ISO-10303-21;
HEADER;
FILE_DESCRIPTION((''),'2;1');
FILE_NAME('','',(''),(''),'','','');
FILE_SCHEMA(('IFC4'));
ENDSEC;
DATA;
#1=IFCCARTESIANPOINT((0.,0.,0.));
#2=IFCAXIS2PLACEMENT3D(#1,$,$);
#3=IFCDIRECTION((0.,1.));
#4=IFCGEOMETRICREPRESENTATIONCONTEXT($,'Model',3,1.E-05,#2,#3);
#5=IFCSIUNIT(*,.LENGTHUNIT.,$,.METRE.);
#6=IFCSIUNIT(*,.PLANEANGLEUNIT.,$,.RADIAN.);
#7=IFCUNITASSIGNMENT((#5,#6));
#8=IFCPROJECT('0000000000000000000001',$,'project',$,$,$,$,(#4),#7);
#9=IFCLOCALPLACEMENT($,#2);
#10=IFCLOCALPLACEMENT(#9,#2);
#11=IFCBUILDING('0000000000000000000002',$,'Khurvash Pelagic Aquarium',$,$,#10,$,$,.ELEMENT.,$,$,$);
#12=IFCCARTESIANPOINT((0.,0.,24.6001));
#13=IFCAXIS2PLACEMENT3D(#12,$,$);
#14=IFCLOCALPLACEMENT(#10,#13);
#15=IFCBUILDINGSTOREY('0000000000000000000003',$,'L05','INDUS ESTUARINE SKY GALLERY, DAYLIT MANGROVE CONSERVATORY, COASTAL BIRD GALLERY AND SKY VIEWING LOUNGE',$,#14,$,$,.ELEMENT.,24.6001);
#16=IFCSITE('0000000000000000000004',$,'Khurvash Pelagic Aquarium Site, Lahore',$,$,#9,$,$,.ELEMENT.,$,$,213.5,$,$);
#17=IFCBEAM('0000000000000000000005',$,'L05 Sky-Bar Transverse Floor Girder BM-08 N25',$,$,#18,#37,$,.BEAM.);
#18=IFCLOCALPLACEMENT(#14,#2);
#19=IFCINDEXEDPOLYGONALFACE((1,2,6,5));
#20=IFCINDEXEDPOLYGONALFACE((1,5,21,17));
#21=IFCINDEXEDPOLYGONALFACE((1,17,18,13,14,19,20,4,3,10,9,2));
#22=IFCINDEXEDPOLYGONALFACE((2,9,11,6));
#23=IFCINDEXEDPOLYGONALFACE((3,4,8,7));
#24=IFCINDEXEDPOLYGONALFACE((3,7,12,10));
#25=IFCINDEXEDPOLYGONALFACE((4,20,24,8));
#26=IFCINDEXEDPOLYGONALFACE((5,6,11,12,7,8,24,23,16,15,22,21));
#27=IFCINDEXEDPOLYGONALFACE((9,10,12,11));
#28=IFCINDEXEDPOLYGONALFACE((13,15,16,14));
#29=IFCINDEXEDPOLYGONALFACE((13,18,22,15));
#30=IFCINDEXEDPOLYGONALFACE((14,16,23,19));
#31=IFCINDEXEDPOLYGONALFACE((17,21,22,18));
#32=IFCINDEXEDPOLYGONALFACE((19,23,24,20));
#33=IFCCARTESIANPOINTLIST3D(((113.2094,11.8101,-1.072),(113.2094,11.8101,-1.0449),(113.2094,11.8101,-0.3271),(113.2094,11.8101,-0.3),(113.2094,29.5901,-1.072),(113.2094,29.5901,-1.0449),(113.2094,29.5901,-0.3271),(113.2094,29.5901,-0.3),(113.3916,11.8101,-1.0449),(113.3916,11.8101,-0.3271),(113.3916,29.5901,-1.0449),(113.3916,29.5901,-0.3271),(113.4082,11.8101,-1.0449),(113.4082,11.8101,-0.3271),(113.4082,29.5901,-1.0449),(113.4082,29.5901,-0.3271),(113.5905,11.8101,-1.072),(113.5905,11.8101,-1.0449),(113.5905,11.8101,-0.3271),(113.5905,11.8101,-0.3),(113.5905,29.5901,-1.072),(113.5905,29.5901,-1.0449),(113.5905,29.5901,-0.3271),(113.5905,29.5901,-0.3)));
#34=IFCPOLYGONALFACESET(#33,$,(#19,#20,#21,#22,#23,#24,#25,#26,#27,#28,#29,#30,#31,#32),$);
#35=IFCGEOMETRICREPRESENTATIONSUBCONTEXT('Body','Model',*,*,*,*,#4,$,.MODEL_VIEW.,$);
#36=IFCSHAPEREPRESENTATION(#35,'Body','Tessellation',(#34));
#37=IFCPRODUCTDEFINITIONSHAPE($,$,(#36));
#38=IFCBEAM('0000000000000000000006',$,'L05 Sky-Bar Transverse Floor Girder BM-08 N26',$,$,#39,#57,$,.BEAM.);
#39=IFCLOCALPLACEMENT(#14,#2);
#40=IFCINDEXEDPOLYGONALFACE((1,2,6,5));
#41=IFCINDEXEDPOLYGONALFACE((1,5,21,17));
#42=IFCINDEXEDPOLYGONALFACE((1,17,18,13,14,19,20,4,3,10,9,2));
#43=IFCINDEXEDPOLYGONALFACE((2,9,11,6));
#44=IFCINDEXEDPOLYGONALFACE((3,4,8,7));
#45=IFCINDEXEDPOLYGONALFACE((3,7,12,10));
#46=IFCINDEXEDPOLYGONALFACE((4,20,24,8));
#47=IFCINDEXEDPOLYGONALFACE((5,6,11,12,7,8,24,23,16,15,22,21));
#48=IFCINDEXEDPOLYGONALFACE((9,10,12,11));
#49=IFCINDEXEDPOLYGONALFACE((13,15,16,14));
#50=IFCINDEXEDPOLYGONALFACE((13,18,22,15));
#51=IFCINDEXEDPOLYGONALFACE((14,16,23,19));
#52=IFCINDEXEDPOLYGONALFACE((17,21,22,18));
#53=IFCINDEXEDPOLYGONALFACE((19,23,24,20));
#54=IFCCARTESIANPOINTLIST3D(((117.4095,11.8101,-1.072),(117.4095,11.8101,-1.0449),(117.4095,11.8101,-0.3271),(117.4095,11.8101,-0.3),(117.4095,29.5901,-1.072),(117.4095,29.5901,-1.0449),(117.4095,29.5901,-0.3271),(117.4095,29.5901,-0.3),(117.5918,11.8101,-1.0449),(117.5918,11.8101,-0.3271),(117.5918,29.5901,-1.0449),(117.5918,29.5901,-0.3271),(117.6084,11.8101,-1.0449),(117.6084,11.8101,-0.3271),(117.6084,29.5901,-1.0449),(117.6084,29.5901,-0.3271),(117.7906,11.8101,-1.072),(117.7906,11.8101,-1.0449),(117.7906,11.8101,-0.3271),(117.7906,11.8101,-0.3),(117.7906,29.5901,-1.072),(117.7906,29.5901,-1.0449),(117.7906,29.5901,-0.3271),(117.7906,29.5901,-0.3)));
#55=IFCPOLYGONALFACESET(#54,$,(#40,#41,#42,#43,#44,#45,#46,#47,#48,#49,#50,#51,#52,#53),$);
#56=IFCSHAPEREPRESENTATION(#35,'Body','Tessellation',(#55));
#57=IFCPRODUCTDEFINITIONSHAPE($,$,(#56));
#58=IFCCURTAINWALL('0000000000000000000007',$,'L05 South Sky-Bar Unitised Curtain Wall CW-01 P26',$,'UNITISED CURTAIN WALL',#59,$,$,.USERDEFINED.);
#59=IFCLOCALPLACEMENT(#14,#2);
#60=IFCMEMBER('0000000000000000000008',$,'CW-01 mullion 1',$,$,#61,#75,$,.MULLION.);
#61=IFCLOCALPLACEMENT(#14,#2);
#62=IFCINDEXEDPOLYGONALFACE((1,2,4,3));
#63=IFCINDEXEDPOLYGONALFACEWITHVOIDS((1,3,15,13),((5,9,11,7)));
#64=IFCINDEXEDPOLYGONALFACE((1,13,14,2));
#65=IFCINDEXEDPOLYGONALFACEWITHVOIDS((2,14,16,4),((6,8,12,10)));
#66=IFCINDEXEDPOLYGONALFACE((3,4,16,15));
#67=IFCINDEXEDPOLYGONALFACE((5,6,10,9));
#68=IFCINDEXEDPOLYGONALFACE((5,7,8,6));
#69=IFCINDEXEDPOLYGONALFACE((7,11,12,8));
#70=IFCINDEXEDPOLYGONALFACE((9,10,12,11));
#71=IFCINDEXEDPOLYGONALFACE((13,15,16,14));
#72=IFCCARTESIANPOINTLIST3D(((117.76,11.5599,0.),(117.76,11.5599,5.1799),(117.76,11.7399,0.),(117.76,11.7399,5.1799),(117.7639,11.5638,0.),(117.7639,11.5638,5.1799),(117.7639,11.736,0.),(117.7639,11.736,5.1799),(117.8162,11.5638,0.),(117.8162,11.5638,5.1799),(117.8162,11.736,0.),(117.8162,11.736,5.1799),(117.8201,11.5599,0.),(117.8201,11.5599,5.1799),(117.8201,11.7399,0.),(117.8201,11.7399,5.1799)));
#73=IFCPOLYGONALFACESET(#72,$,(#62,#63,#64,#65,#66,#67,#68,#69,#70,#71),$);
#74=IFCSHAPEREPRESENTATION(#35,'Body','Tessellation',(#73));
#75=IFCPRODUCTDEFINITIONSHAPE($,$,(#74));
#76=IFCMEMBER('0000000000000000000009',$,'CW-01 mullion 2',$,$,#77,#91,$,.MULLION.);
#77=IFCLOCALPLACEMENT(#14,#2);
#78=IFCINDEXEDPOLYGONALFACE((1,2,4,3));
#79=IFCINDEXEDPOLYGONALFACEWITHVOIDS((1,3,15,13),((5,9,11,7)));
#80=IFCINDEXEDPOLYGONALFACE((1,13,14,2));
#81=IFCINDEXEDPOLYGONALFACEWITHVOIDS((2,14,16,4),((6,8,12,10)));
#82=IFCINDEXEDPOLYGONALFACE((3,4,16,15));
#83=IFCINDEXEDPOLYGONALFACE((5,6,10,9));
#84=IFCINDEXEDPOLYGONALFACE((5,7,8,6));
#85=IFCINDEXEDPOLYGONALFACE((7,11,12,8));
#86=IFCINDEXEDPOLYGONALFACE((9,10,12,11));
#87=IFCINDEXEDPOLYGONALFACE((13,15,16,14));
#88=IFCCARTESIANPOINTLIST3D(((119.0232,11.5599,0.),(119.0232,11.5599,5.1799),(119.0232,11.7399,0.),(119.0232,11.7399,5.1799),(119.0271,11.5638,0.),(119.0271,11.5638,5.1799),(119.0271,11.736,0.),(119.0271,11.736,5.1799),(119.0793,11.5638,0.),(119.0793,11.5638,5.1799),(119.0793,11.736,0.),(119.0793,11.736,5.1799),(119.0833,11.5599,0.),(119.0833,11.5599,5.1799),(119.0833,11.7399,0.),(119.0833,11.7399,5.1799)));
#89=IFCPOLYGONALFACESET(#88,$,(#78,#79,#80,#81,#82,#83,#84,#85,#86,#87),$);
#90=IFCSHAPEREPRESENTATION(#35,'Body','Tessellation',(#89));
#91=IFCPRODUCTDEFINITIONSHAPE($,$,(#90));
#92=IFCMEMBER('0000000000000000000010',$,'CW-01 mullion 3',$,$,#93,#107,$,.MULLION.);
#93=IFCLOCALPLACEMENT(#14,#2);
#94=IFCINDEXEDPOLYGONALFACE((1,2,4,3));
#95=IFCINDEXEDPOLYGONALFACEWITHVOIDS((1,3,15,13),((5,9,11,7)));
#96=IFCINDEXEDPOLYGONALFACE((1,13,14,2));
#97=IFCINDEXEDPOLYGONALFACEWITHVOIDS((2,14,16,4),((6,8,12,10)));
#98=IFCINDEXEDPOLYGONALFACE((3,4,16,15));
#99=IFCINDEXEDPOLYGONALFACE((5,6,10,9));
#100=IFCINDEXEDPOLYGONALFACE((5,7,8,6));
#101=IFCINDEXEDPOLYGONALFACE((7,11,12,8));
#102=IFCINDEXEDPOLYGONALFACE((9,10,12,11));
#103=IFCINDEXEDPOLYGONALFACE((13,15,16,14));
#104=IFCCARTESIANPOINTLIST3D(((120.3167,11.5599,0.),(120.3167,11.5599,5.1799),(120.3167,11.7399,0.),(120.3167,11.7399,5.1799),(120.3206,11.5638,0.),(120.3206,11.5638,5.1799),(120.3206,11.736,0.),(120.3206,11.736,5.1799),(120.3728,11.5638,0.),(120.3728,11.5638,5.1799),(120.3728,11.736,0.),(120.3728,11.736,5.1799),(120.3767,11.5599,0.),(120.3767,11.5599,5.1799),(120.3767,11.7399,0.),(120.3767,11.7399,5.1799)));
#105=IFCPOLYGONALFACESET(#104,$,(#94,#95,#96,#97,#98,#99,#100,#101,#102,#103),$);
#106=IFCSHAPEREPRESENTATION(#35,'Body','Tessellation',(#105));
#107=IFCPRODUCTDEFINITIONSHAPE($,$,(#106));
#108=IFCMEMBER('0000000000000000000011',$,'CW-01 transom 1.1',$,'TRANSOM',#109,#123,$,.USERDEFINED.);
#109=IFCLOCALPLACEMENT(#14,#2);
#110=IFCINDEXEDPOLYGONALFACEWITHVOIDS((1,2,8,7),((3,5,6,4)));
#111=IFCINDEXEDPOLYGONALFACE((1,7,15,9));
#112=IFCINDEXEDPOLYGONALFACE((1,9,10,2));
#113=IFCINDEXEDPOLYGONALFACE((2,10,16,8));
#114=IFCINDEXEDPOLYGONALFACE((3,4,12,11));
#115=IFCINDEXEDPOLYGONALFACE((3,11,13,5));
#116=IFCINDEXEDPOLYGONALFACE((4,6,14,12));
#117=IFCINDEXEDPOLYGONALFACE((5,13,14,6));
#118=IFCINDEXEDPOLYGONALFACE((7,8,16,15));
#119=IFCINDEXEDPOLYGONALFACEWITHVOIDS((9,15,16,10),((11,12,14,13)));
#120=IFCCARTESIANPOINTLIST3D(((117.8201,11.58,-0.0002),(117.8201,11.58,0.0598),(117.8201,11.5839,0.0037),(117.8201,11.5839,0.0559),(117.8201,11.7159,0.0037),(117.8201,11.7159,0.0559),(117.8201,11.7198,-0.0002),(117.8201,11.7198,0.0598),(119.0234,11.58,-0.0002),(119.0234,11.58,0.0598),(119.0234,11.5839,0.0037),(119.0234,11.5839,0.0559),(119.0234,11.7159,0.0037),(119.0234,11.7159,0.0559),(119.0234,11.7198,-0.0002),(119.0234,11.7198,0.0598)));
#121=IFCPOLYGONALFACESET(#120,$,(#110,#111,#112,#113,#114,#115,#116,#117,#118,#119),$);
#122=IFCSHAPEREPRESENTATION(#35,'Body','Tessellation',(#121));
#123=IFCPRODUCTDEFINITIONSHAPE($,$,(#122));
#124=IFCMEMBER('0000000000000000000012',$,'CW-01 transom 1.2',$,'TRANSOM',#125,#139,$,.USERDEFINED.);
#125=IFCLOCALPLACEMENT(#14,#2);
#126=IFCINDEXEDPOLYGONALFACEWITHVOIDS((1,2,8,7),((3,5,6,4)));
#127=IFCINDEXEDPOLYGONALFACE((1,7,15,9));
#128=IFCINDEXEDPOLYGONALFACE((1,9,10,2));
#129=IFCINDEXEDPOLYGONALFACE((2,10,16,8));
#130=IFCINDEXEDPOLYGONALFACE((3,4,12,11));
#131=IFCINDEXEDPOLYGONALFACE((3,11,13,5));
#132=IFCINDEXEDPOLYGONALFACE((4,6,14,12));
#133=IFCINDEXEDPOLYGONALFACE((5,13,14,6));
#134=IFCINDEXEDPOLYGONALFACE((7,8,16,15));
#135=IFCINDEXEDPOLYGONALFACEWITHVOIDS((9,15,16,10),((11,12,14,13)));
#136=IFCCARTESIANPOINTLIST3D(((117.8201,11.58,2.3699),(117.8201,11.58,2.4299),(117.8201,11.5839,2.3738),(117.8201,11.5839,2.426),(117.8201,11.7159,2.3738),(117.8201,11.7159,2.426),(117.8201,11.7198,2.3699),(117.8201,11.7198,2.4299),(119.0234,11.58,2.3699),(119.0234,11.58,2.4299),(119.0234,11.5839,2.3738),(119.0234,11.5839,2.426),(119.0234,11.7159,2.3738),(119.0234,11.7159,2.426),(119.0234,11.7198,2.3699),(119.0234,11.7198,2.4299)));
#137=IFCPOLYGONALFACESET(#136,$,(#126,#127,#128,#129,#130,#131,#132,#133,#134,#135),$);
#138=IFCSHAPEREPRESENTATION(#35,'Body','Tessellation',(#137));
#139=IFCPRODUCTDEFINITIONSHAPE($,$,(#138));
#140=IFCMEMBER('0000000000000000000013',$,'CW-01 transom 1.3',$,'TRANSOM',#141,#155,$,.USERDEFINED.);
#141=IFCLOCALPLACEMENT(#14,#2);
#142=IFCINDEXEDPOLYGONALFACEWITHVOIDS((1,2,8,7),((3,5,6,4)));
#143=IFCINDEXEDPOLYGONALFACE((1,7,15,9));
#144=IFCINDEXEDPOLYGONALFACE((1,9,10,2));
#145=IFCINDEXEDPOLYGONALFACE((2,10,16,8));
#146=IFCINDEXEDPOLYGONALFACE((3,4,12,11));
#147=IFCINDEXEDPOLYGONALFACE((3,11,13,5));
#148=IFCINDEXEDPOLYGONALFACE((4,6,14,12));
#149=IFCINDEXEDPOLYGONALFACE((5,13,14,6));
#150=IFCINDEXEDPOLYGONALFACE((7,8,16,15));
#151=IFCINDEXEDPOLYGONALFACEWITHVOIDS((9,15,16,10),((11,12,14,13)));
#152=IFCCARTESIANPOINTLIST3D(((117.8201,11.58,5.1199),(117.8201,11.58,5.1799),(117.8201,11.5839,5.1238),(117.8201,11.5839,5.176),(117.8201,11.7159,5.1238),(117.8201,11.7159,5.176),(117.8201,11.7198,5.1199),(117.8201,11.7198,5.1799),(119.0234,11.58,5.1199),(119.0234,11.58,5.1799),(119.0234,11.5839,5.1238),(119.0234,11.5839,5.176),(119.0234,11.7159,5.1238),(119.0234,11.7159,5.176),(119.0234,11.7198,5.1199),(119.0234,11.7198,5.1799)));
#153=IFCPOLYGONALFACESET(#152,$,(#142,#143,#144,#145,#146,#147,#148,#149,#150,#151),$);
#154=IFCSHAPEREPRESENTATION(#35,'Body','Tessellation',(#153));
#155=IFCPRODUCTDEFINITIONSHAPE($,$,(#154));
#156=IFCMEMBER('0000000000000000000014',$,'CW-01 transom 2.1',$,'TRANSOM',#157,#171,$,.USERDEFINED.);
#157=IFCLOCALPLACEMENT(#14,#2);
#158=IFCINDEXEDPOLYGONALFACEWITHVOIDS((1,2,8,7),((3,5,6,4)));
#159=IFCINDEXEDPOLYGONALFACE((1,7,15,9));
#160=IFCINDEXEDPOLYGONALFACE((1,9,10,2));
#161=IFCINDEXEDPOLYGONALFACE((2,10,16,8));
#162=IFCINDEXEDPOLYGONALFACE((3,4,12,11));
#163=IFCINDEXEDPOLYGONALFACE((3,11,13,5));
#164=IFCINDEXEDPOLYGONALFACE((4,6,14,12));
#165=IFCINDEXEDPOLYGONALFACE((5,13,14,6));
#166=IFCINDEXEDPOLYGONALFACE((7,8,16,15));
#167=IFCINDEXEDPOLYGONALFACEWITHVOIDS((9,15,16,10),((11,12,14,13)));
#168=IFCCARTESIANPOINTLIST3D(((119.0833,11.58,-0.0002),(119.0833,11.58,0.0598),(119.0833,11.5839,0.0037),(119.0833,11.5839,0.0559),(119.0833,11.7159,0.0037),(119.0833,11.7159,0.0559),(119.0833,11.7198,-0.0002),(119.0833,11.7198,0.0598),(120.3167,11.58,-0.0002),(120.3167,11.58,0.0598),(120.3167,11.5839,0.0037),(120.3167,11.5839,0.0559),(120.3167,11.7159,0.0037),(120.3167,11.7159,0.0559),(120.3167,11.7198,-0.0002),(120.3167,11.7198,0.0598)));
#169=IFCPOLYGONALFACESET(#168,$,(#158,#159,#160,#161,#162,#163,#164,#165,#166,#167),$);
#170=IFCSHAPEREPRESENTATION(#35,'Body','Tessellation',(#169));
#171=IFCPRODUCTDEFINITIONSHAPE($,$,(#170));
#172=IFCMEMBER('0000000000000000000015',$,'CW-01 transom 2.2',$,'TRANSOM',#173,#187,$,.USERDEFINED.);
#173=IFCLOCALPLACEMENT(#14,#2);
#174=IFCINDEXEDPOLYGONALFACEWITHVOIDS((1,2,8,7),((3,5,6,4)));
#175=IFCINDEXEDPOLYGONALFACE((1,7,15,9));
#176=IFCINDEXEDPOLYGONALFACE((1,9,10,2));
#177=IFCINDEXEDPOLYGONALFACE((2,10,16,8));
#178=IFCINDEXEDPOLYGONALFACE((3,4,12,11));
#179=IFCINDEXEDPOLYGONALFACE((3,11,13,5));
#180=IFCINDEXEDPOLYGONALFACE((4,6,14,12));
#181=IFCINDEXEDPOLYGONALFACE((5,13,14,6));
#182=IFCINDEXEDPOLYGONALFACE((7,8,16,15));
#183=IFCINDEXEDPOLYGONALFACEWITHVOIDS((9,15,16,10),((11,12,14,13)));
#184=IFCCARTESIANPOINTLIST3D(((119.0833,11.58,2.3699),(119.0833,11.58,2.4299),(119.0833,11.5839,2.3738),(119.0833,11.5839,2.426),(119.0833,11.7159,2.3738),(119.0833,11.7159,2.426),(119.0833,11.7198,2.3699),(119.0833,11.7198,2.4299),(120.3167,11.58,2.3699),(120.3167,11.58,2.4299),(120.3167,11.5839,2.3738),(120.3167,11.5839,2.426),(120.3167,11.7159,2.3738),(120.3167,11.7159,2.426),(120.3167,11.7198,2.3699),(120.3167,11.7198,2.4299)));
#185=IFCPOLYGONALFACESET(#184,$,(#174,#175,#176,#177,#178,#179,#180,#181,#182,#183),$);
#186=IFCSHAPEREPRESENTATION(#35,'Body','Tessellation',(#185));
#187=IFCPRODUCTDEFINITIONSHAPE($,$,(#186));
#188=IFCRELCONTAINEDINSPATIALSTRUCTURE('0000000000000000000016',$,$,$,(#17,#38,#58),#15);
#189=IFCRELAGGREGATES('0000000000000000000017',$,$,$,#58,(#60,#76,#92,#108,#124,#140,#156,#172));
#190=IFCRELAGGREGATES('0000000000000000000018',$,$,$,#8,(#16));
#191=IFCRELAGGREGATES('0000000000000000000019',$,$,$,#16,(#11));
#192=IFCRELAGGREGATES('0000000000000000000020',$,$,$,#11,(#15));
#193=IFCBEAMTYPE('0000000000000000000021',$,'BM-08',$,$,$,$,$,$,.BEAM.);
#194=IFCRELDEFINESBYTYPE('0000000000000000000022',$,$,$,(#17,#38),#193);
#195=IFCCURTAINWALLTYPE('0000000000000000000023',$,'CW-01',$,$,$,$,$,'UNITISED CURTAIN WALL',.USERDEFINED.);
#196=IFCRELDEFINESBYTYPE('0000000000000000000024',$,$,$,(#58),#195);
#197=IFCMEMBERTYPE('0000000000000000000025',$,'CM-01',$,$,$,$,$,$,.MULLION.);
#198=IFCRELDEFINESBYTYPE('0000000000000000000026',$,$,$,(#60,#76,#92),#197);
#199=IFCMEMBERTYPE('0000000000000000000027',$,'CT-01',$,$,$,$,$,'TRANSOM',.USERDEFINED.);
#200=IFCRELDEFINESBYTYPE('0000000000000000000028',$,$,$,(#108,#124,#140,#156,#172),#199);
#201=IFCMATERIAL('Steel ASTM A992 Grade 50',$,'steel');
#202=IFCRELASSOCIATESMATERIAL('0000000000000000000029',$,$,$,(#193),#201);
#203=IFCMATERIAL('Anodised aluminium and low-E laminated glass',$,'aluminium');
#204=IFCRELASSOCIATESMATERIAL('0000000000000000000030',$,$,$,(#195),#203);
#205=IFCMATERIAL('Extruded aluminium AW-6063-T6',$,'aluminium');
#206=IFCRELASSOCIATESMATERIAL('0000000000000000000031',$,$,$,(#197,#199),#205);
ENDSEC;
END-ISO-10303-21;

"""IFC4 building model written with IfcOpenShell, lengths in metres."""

from ifc_helpers import new_model, si_unit, direction, frame, origin, origin_2d, place, context, subcontext, project, spatial, hollow_rectangle, i_section, extrude, material, material_profile, profile_set, type_object, element, aggregate, save


model = new_model("IFC4")

# Units and contexts
model_context = context("Model", 3, precision=1e-05, world=origin(), true_north=direction((0.0, 1.0)))
body_context = subcontext(model_context, "Body", "Model", "MODEL_VIEW")
ifc_project = project(units=[si_unit("LENGTHUNIT", "METRE"), si_unit("PLANEANGLEUNIT", "RADIAN")], contexts=[model_context])

# Site, building, storey
site_placement = place(None, origin())
site = spatial("IfcSite", under=ifc_project, at=site_placement, Name="Khurvash Pelagic Aquarium Site, Lahore", CompositionType="ELEMENT", RefElevation=213.5)
building_placement = place(site_placement, origin())
building = spatial("IfcBuilding", under=site, at=building_placement, Name="Khurvash Pelagic Aquarium", CompositionType="ELEMENT")
storey_placement = place(building_placement, frame((0.0, 0.0, 24.6001)))
storey = spatial("IfcBuildingStorey", under=building, at=storey_placement, Name="L05", Description="INDUS ESTUARINE SKY GALLERY, DAYLIT MANGROVE CONSERVATORY, COASTAL BIRD GALLERY AND SKY VIEWING LOUNGE", CompositionType="ELEMENT", Elevation=24.6001)

# Beams
ifc_material_1 = material(Name="Steel ASTM A992 Grade 50", Category="steel")
ifc_material_profile_1 = material_profile(ifc_material_1, i_section(OverallWidth=0.3811, OverallDepth=0.772, WebThickness=0.0166, FlangeThickness=0.0271, at=origin_2d()), Name="W30X173")
ifc_profile_set_1 = profile_set([ifc_material_profile_1], Name="Steel ASTM A992 Grade 50")
beam_type_1 = type_object("IfcBeamType", Name="BM-08", PredefinedType="BEAM", material=ifc_profile_set_1)
for number, where, z_axis, x_axis, name in (
    (1, (113.3999, 11.8101, -0.686), (0.0, 1.0, 0.0), (-1.0, 0.0, 0.0), "L05 Sky-Bar Transverse Floor Girder BM-08 N25"),
    (2, (117.6001, 11.8101, -0.686), (0.0, 1.0, 0.0), (-1.0, 0.0, 0.0), "L05 Sky-Bar Transverse Floor Girder BM-08 N26"),
):
    element("IfcBeam", number, at=place(storey_placement, frame(where, z_axis=z_axis, x_axis=x_axis)), inside=storey, type_object=beam_type_1, Name=name, PredefinedType="BEAM", context=body_context, shape_type="SweptSolid", body=[
        extrude(i_section(OverallWidth=0.3811, OverallDepth=0.772, WebThickness=0.0166, FlangeThickness=0.0271, at=origin_2d()), origin(), (0.0, 0.0, 1.0), 17.78),
    ])

# Curtain wall, members
ifc_material_2 = material(Name="Anodised aluminium and low-E laminated glass", Category="aluminium")
curtain_wall_type = type_object("IfcCurtainWallType", Name="CW-01", ElementType="UNITISED CURTAIN WALL", PredefinedType="USERDEFINED", material=ifc_material_2)
curtain_wall_placement = place(storey_placement, origin())
curtain_wall = element("IfcCurtainWall", 3, at=curtain_wall_placement, inside=storey, type_object=curtain_wall_type, Name="L05 South Sky-Bar Unitised Curtain Wall CW-01 P26", ObjectType="UNITISED CURTAIN WALL", PredefinedType="USERDEFINED")
ifc_material_3 = material(Name="Extruded aluminium AW-6063-T6", Category="aluminium")
ifc_material_profile_2 = material_profile(ifc_material_3, hollow_rectangle(XDim=0.0601, YDim=0.1799, WallThickness=0.0039, at=origin_2d()), Name="CWM60X180X4")
ifc_profile_set_2 = profile_set([ifc_material_profile_2], Name="Extruded aluminium AW-6063-T6")
member_type_1 = type_object("IfcMemberType", Name="CM-01", PredefinedType="MULLION", material=ifc_profile_set_2)
member_1_placement = place(storey_placement, frame((117.79, 11.6499, 0.0), z_axis=(0.0, 0.0, 1.0), x_axis=(1.0, 0.0, 0.0)))
member_1 = element("IfcMember", 4, at=member_1_placement, type_object=member_type_1, Name="CW-01 mullion 1", PredefinedType="MULLION", context=body_context, shape_type="SweptSolid", body=[
    extrude(hollow_rectangle(XDim=0.0601, YDim=0.1799, WallThickness=0.0039, at=origin_2d()), origin(), (0.0, 0.0, 1.0), 5.1799),
])
member_2_placement = place(storey_placement, frame((119.0532, 11.6499, 0.0), z_axis=(0.0, 0.0, 1.0), x_axis=(1.0, 0.0, 0.0)))
member_2 = element("IfcMember", 5, at=member_2_placement, type_object=member_type_1, Name="CW-01 mullion 2", PredefinedType="MULLION", context=body_context, shape_type="SweptSolid", body=[
    extrude(hollow_rectangle(XDim=0.0601, YDim=0.1799, WallThickness=0.0039, at=origin_2d()), origin(), (0.0, 0.0, 1.0), 5.1799),
])
member_3_placement = place(storey_placement, frame((120.3467, 11.6499, 0.0), z_axis=(0.0, 0.0, 1.0), x_axis=(1.0, 0.0, 0.0)))
member_3 = element("IfcMember", 6, at=member_3_placement, type_object=member_type_1, Name="CW-01 mullion 3", PredefinedType="MULLION", context=body_context, shape_type="SweptSolid", body=[
    extrude(hollow_rectangle(XDim=0.0601, YDim=0.1799, WallThickness=0.0039, at=origin_2d()), origin(), (0.0, 0.0, 1.0), 5.1799),
])
ifc_material_profile_3 = material_profile(ifc_material_3, hollow_rectangle(XDim=0.1399, YDim=0.0601, WallThickness=0.0039, at=origin_2d()), Name="CWT140X60X4")
ifc_profile_set_3 = profile_set([ifc_material_profile_3], Name="Extruded aluminium AW-6063-T6")
member_type_2 = type_object("IfcMemberType", Name="CT-01", ElementType="TRANSOM", PredefinedType="USERDEFINED", material=ifc_profile_set_3)
member_4_placement = place(storey_placement, frame((117.8201, 11.6499, 0.0298), z_axis=(1.0, 0.0, 0.0), x_axis=(0.0, 1.0, 0.0)))
member_4 = element("IfcMember", 7, at=member_4_placement, type_object=member_type_2, Name="CW-01 transom 1.1", ObjectType="TRANSOM", PredefinedType="USERDEFINED", context=body_context, shape_type="SweptSolid", body=[
    extrude(hollow_rectangle(XDim=0.1399, YDim=0.0601, WallThickness=0.0039, at=origin_2d()), origin(), (0.0, 0.0, 1.0), 1.2034),
])
member_5_placement = place(storey_placement, frame((117.8201, 11.6499, 2.3999), z_axis=(1.0, 0.0, 0.0), x_axis=(0.0, 1.0, 0.0)))
member_5 = element("IfcMember", 8, at=member_5_placement, type_object=member_type_2, Name="CW-01 transom 1.2", ObjectType="TRANSOM", PredefinedType="USERDEFINED", context=body_context, shape_type="SweptSolid", body=[
    extrude(hollow_rectangle(XDim=0.1399, YDim=0.0601, WallThickness=0.0039, at=origin_2d()), origin(), (0.0, 0.0, 1.0), 1.2034),
])
member_6_placement = place(storey_placement, frame((117.8201, 11.6499, 5.1499), z_axis=(1.0, 0.0, 0.0), x_axis=(0.0, 1.0, 0.0)))
member_6 = element("IfcMember", 9, at=member_6_placement, type_object=member_type_2, Name="CW-01 transom 1.3", ObjectType="TRANSOM", PredefinedType="USERDEFINED", context=body_context, shape_type="SweptSolid", body=[
    extrude(hollow_rectangle(XDim=0.1399, YDim=0.0601, WallThickness=0.0039, at=origin_2d()), origin(), (0.0, 0.0, 1.0), 1.2034),
])
member_7_placement = place(storey_placement, frame((119.0833, 11.6499, 0.0298), z_axis=(1.0, 0.0, 0.0), x_axis=(0.0, 1.0, 0.0)))
member_7 = element("IfcMember", 10, at=member_7_placement, type_object=member_type_2, Name="CW-01 transom 2.1", ObjectType="TRANSOM", PredefinedType="USERDEFINED", context=body_context, shape_type="SweptSolid", body=[
    extrude(hollow_rectangle(XDim=0.1399, YDim=0.0601, WallThickness=0.0039, at=origin_2d()), origin(), (0.0, 0.0, 1.0), 1.2334),
])
member_8_placement = place(storey_placement, frame((119.0833, 11.6499, 2.3999), z_axis=(1.0, 0.0, 0.0), x_axis=(0.0, 1.0, 0.0)))
member_8 = element("IfcMember", 11, at=member_8_placement, type_object=member_type_2, Name="CW-01 transom 2.2", ObjectType="TRANSOM", PredefinedType="USERDEFINED", context=body_context, shape_type="SweptSolid", body=[
    extrude(hollow_rectangle(XDim=0.1399, YDim=0.0601, WallThickness=0.0039, at=origin_2d()), origin(), (0.0, 0.0, 1.0), 1.2334),
])

aggregate(curtain_wall, [member_1, member_2, member_3, member_4, member_5, member_6, member_7, member_8])

save(model, "model.ifc")
